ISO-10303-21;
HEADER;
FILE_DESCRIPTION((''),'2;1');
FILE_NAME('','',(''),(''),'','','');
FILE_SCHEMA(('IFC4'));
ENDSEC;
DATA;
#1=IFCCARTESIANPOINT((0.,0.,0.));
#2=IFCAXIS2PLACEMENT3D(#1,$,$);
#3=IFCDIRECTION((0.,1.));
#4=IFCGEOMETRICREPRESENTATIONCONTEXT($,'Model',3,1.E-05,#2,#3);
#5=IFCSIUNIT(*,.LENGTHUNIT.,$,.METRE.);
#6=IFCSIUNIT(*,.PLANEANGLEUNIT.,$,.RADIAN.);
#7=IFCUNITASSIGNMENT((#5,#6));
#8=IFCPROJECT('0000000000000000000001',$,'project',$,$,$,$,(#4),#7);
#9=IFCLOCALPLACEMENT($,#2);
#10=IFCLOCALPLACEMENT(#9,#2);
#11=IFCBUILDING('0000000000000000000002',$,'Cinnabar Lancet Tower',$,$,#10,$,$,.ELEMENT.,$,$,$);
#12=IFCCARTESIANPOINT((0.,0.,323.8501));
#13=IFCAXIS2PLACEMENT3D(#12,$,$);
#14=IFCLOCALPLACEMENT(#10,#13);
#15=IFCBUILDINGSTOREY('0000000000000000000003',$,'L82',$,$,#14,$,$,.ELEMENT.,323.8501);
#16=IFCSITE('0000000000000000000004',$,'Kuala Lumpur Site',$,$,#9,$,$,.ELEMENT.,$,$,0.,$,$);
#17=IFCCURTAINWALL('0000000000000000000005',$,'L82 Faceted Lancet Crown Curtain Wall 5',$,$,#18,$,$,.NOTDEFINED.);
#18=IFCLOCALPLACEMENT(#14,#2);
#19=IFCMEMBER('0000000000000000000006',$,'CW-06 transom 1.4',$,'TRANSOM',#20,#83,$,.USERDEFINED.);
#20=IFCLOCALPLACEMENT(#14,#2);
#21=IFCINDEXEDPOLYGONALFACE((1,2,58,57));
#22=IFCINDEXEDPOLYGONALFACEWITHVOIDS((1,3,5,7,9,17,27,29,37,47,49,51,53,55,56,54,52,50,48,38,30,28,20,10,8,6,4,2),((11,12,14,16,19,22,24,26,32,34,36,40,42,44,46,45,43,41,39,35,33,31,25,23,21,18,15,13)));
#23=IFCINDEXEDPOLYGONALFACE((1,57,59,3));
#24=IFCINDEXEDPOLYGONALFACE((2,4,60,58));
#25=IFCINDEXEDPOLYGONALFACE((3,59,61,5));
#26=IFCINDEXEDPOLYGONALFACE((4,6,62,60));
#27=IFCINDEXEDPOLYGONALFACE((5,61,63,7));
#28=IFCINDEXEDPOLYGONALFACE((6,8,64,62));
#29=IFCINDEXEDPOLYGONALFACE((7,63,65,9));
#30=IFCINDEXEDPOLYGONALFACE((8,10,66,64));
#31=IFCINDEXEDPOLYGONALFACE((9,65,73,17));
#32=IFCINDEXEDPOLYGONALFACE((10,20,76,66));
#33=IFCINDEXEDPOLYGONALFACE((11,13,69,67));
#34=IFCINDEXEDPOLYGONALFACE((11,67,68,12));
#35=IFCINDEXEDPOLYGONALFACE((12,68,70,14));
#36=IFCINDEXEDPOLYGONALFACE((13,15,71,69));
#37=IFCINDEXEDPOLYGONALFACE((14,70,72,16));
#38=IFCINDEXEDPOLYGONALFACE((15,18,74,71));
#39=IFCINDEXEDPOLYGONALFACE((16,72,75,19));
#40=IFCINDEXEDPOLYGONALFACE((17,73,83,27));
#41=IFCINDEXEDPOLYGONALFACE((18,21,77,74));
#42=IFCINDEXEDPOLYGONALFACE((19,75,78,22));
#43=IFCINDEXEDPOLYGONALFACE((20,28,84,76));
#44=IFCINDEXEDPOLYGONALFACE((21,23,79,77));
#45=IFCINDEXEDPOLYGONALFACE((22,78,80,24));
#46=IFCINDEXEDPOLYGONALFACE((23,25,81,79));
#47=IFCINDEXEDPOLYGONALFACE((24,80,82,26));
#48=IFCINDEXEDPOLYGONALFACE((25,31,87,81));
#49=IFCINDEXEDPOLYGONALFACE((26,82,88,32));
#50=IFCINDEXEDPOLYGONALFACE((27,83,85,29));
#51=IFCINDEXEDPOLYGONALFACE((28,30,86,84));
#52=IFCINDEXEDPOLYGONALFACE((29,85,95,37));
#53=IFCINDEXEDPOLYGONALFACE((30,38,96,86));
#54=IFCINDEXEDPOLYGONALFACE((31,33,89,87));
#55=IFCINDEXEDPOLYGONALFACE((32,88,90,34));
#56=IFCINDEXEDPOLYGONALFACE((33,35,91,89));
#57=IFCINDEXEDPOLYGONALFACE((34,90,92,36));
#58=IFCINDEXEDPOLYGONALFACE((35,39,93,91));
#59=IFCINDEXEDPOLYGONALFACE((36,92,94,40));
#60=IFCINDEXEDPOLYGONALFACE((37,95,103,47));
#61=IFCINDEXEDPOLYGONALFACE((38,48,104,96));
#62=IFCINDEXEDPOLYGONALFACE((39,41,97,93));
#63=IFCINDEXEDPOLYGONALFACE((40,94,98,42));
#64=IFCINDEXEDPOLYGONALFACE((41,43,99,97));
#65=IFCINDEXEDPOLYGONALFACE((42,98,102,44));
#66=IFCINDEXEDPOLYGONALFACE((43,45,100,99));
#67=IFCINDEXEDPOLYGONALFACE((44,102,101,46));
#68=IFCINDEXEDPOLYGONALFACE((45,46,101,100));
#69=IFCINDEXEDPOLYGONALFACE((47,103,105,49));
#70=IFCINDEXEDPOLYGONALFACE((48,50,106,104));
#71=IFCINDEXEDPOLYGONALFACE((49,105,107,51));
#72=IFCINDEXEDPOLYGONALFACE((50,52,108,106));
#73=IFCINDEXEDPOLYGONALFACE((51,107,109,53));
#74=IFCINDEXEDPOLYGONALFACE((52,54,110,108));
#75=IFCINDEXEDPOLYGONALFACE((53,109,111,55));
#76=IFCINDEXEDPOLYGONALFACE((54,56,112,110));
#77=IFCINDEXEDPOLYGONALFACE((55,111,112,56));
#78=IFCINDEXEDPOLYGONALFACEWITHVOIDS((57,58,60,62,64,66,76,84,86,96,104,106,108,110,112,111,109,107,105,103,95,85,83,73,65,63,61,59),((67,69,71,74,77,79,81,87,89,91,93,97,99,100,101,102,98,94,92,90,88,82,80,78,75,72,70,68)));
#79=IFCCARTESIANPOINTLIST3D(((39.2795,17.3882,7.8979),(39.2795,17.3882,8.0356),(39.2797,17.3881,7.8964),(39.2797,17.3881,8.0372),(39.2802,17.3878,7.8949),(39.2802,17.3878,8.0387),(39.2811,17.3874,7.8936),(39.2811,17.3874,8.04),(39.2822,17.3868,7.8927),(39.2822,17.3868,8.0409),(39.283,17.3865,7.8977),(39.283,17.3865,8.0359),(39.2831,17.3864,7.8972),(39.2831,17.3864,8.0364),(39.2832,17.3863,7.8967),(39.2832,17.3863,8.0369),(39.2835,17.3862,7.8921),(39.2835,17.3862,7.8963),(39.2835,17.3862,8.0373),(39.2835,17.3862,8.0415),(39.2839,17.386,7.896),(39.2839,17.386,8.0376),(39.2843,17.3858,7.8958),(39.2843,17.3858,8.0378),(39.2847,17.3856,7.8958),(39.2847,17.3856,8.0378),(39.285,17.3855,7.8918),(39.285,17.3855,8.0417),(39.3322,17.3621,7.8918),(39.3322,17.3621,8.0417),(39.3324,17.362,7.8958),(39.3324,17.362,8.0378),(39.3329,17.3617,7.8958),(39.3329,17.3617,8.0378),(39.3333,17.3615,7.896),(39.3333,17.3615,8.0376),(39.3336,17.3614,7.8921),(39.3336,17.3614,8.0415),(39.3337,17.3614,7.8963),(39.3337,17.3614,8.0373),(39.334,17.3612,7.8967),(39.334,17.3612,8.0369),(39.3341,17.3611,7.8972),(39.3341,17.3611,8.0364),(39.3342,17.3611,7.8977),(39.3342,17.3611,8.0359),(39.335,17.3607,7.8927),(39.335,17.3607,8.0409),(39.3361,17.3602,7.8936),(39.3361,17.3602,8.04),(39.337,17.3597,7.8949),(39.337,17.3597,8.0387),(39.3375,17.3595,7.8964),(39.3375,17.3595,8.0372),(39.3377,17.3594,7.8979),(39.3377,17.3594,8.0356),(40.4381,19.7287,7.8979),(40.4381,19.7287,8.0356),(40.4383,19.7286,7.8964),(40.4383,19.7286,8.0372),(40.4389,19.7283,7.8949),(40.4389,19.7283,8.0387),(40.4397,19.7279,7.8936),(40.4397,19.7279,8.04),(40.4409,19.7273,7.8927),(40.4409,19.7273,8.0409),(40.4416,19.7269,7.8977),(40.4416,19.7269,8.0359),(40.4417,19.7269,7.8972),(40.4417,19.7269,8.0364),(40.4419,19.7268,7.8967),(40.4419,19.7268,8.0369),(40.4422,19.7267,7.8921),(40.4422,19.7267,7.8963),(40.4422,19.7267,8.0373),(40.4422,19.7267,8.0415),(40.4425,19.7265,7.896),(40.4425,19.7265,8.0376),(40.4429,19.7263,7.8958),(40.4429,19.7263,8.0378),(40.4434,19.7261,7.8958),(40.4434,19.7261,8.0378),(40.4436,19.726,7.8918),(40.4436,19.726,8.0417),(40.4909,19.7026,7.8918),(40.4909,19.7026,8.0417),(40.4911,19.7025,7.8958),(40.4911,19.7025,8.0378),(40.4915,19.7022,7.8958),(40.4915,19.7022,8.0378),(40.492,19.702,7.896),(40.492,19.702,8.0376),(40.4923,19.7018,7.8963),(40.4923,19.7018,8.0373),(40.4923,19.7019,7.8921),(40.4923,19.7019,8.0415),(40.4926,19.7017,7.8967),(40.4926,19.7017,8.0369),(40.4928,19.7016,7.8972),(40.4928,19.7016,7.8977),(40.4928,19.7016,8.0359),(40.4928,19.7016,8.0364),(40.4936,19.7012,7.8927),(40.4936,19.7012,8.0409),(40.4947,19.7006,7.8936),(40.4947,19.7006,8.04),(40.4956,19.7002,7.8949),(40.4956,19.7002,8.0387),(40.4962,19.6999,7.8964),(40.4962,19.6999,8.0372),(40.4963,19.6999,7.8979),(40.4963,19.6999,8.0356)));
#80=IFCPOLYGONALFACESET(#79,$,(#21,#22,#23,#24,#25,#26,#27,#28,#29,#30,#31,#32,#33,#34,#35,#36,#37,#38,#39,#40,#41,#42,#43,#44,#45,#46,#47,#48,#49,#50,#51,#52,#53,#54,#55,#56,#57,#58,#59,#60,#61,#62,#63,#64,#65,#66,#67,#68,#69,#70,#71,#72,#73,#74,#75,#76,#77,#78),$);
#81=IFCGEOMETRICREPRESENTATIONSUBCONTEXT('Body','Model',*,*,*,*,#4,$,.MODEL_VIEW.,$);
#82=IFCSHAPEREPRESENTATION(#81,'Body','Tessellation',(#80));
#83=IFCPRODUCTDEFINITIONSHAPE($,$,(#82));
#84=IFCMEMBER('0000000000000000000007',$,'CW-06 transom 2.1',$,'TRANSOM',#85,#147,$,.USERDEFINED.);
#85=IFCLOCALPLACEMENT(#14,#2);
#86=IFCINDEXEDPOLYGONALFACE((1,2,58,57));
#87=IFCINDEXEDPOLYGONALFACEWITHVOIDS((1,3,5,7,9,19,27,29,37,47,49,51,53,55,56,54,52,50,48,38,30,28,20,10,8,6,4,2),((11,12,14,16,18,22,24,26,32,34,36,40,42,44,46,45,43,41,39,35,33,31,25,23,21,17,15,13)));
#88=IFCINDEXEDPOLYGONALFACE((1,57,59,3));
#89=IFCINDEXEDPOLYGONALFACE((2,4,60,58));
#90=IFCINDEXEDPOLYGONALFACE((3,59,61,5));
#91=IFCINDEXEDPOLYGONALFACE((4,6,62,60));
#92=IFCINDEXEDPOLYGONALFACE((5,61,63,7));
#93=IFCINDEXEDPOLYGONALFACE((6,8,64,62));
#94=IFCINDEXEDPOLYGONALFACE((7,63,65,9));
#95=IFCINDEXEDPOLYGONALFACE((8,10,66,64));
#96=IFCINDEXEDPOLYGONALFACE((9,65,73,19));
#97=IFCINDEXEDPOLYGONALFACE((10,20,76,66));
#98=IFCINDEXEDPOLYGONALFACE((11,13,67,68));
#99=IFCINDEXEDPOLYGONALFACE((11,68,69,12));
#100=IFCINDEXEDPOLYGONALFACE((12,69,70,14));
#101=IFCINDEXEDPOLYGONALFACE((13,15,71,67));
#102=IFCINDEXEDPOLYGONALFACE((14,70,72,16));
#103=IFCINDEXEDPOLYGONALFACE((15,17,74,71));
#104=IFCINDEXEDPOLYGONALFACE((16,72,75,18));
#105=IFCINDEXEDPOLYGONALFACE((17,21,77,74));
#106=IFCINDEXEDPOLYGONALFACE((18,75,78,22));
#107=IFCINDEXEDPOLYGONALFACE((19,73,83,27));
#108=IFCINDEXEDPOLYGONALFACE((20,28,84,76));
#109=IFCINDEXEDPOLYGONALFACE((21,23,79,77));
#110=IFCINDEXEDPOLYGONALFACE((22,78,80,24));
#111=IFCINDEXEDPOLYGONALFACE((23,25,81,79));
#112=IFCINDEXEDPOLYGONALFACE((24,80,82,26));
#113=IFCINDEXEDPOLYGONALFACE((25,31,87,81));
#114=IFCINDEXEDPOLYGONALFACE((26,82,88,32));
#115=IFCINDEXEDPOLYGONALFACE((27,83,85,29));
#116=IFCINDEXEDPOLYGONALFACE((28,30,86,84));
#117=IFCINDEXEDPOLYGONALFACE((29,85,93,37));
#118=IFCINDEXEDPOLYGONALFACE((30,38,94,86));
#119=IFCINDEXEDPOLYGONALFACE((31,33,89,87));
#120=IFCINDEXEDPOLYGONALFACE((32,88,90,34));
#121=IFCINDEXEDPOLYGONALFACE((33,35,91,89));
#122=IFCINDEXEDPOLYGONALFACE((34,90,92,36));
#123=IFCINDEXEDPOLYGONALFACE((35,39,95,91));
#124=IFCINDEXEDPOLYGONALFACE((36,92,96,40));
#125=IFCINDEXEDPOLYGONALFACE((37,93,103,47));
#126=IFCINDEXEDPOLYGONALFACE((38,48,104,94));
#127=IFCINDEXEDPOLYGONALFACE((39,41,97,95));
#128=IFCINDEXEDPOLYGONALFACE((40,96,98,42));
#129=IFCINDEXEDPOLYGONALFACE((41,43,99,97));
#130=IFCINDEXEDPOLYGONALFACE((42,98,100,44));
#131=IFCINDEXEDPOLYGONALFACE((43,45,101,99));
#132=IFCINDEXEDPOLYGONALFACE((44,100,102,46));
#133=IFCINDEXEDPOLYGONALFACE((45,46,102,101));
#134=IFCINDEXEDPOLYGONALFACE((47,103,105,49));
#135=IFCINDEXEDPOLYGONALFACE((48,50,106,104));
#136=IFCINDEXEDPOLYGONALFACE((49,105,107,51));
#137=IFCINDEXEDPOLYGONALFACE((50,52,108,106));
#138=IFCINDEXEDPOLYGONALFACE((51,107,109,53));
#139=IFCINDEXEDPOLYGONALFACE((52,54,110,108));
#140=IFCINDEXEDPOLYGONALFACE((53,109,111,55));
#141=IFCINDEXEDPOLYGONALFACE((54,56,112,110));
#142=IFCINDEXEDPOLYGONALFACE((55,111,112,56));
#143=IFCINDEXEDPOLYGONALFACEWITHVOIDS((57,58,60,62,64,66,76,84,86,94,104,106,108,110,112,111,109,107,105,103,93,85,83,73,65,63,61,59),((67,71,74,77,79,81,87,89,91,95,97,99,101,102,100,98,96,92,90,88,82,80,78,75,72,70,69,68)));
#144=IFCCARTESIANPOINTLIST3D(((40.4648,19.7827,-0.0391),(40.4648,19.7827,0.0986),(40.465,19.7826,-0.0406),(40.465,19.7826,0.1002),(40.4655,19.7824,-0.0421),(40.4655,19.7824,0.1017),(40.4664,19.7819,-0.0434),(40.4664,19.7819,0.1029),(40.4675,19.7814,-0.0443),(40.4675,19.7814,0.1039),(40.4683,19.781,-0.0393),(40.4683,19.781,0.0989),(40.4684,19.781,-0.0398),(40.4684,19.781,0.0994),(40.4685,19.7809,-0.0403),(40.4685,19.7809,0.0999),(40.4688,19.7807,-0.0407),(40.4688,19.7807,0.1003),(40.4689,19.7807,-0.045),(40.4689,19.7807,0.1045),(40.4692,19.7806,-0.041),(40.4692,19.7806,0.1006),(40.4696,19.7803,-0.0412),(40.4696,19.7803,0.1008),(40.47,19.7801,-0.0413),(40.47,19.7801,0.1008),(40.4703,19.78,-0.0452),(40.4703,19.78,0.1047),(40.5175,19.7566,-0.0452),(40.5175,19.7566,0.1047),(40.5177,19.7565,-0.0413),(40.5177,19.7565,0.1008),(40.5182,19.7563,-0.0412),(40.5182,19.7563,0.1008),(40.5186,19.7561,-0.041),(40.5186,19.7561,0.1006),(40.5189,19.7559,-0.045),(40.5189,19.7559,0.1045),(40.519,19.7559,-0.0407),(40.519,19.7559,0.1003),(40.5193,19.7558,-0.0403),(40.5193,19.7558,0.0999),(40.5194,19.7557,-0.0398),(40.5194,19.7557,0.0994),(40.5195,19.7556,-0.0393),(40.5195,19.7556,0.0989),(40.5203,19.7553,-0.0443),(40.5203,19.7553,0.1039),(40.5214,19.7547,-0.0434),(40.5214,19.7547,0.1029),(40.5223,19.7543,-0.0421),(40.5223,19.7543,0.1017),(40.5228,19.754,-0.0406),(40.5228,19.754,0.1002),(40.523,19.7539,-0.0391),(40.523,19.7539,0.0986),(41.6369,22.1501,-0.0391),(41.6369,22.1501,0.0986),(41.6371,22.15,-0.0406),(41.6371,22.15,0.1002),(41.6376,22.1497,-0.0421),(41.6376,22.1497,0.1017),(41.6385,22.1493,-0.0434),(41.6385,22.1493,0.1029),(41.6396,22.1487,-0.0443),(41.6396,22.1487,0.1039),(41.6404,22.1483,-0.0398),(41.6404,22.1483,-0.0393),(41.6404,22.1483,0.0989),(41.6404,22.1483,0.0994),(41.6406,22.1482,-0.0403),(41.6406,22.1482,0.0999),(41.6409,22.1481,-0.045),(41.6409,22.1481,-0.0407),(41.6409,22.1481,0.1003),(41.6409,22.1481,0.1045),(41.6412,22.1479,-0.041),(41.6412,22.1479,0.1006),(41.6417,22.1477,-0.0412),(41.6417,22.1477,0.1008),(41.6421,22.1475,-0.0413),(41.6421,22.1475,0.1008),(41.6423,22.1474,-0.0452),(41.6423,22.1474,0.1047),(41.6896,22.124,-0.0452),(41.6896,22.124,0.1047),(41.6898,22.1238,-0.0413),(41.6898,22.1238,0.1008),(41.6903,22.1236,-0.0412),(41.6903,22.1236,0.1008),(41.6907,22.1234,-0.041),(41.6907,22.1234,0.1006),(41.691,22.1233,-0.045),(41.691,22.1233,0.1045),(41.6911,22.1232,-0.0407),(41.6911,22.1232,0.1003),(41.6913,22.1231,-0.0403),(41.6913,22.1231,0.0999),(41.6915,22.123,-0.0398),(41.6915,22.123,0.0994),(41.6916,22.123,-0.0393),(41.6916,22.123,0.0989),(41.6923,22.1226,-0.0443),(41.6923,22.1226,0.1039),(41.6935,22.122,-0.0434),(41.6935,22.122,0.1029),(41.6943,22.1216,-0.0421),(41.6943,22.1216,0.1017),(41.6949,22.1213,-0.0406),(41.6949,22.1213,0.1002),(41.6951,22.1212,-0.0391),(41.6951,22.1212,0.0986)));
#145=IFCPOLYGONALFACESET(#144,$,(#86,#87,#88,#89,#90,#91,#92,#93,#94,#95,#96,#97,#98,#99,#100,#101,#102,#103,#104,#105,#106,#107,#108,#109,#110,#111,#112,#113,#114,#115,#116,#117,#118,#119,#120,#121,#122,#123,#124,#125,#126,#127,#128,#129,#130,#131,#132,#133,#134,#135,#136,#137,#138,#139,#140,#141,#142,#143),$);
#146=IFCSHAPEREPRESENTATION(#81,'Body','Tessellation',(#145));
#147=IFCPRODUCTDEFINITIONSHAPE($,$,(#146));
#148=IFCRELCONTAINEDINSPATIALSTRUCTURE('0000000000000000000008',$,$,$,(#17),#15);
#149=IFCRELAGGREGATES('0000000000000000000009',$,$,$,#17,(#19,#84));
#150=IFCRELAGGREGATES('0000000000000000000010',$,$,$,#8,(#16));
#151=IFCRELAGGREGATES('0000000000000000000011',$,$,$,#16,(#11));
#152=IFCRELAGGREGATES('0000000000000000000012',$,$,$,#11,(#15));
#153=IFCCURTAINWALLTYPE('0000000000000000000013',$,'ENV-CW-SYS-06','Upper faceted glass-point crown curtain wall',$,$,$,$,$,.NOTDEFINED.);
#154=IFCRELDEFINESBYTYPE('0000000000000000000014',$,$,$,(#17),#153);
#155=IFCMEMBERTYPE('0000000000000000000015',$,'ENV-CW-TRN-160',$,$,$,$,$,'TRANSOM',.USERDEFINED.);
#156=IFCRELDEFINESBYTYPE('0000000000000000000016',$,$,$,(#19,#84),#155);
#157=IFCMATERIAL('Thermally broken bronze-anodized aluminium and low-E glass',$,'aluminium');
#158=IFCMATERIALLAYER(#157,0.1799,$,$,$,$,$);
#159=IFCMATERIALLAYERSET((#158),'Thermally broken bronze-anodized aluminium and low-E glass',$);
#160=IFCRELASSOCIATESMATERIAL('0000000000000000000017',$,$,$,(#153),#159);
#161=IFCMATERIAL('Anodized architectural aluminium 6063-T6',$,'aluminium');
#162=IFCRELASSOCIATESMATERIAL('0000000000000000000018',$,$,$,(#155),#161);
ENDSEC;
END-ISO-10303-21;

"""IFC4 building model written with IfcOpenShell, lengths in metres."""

from ifc_helpers import new_model, si_unit, direction, frame, origin, origin_2d, place, context, subcontext, project, spatial, hollow_rectangle, extrude, material, layer, layer_set, material_profile, profile_set, type_object, element, aggregate, save


model = new_model("IFC4")

# Units and contexts
model_context = context("Model", 3, precision=1e-05, world=origin(), true_north=direction((0.0, 1.0)))
body_context = subcontext(model_context, "Body", "Model", "MODEL_VIEW")
ifc_project = project(units=[si_unit("LENGTHUNIT", "METRE"), si_unit("PLANEANGLEUNIT", "RADIAN")], contexts=[model_context])

# Site, building, storey
site_placement = place(None, origin())
site = spatial("IfcSite", under=ifc_project, at=site_placement, Name="Kuala Lumpur Site", CompositionType="ELEMENT", RefElevation=0.0)
building_placement = place(site_placement, origin())
building = spatial("IfcBuilding", under=site, at=building_placement, Name="Cinnabar Lancet Tower", CompositionType="ELEMENT")
storey_placement = place(building_placement, frame((0.0, 0.0, 323.8501)))
storey = spatial("IfcBuildingStorey", under=building, at=storey_placement, Name="L82", CompositionType="ELEMENT", Elevation=323.8501)

# Curtain wall, members
ifc_material_1 = material(Name="Thermally broken bronze-anodized aluminium and low-E glass", Category="aluminium")
ifc_layer_1 = layer(ifc_material_1, 0.1799)
ifc_layer_set_1 = layer_set([ifc_layer_1], Name="Thermally broken bronze-anodized aluminium and low-E glass")
curtain_wall_type = type_object("IfcCurtainWallType", Name="ENV-CW-SYS-06", Description="Upper faceted glass-point crown curtain wall", PredefinedType="NOTDEFINED", material=ifc_layer_set_1)
curtain_wall_placement = place(storey_placement, origin())
curtain_wall = element("IfcCurtainWall", 1, at=curtain_wall_placement, inside=storey, type_object=curtain_wall_type, Name="L82 Faceted Lancet Crown Curtain Wall 5", PredefinedType="NOTDEFINED")
ifc_material_2 = material(Name="Anodized architectural aluminium 6063-T6", Category="aluminium")
ifc_material_profile_1 = material_profile(ifc_material_2, hollow_rectangle(XDim=0.0649, YDim=0.1499, WallThickness=0.0039, InnerFilletRadius=0.002, OuterFilletRadius=0.0061, at=origin_2d()), Name="CW-TRN 150x65x4")
ifc_profile_set_1 = profile_set([ifc_material_profile_1], Name="Anodized architectural aluminium 6063-T6")
member_type_1 = type_object("IfcMemberType", Name="ENV-CW-TRN-160", ElementType="TRANSOM", PredefinedType="USERDEFINED", material=ifc_profile_set_1)
member_1_placement = place(storey_placement, frame((39.3086, 17.3738, 7.9668), z_axis=(0.443658, 0.896196, 0.0), x_axis=(-0.896196, 0.443658, 0.0)))
member_1 = element("IfcMember", 2, at=member_1_placement, type_object=member_type_1, Name="CW-06 transom 1.4", ObjectType="TRANSOM", PredefinedType="USERDEFINED", context=body_context, shape_type="SweptSolid", body=[
    extrude(hollow_rectangle(XDim=0.0649, YDim=0.1499, WallThickness=0.0039, InnerFilletRadius=0.002, OuterFilletRadius=0.0061, at=origin_2d()), origin(), (0.0, 0.0, 1.0), 2.6116),
])
member_2_placement = place(storey_placement, frame((40.4939, 19.7683, 0.0298), z_axis=(0.443698, 0.896176, 0.0), x_axis=(-0.896176, 0.443698, 0.0)))
member_2 = element("IfcMember", 3, at=member_2_placement, type_object=member_type_1, Name="CW-06 transom 2.1", ObjectType="TRANSOM", PredefinedType="USERDEFINED", context=body_context, shape_type="SweptSolid", body=[
    extrude(hollow_rectangle(XDim=0.0649, YDim=0.1499, WallThickness=0.0039, InnerFilletRadius=0.002, OuterFilletRadius=0.0061, at=origin_2d()), origin(), (0.0, 0.0, 1.0), 2.6416),
])

aggregate(curtain_wall, [member_1, member_2])

save(model, "model.ifc")
